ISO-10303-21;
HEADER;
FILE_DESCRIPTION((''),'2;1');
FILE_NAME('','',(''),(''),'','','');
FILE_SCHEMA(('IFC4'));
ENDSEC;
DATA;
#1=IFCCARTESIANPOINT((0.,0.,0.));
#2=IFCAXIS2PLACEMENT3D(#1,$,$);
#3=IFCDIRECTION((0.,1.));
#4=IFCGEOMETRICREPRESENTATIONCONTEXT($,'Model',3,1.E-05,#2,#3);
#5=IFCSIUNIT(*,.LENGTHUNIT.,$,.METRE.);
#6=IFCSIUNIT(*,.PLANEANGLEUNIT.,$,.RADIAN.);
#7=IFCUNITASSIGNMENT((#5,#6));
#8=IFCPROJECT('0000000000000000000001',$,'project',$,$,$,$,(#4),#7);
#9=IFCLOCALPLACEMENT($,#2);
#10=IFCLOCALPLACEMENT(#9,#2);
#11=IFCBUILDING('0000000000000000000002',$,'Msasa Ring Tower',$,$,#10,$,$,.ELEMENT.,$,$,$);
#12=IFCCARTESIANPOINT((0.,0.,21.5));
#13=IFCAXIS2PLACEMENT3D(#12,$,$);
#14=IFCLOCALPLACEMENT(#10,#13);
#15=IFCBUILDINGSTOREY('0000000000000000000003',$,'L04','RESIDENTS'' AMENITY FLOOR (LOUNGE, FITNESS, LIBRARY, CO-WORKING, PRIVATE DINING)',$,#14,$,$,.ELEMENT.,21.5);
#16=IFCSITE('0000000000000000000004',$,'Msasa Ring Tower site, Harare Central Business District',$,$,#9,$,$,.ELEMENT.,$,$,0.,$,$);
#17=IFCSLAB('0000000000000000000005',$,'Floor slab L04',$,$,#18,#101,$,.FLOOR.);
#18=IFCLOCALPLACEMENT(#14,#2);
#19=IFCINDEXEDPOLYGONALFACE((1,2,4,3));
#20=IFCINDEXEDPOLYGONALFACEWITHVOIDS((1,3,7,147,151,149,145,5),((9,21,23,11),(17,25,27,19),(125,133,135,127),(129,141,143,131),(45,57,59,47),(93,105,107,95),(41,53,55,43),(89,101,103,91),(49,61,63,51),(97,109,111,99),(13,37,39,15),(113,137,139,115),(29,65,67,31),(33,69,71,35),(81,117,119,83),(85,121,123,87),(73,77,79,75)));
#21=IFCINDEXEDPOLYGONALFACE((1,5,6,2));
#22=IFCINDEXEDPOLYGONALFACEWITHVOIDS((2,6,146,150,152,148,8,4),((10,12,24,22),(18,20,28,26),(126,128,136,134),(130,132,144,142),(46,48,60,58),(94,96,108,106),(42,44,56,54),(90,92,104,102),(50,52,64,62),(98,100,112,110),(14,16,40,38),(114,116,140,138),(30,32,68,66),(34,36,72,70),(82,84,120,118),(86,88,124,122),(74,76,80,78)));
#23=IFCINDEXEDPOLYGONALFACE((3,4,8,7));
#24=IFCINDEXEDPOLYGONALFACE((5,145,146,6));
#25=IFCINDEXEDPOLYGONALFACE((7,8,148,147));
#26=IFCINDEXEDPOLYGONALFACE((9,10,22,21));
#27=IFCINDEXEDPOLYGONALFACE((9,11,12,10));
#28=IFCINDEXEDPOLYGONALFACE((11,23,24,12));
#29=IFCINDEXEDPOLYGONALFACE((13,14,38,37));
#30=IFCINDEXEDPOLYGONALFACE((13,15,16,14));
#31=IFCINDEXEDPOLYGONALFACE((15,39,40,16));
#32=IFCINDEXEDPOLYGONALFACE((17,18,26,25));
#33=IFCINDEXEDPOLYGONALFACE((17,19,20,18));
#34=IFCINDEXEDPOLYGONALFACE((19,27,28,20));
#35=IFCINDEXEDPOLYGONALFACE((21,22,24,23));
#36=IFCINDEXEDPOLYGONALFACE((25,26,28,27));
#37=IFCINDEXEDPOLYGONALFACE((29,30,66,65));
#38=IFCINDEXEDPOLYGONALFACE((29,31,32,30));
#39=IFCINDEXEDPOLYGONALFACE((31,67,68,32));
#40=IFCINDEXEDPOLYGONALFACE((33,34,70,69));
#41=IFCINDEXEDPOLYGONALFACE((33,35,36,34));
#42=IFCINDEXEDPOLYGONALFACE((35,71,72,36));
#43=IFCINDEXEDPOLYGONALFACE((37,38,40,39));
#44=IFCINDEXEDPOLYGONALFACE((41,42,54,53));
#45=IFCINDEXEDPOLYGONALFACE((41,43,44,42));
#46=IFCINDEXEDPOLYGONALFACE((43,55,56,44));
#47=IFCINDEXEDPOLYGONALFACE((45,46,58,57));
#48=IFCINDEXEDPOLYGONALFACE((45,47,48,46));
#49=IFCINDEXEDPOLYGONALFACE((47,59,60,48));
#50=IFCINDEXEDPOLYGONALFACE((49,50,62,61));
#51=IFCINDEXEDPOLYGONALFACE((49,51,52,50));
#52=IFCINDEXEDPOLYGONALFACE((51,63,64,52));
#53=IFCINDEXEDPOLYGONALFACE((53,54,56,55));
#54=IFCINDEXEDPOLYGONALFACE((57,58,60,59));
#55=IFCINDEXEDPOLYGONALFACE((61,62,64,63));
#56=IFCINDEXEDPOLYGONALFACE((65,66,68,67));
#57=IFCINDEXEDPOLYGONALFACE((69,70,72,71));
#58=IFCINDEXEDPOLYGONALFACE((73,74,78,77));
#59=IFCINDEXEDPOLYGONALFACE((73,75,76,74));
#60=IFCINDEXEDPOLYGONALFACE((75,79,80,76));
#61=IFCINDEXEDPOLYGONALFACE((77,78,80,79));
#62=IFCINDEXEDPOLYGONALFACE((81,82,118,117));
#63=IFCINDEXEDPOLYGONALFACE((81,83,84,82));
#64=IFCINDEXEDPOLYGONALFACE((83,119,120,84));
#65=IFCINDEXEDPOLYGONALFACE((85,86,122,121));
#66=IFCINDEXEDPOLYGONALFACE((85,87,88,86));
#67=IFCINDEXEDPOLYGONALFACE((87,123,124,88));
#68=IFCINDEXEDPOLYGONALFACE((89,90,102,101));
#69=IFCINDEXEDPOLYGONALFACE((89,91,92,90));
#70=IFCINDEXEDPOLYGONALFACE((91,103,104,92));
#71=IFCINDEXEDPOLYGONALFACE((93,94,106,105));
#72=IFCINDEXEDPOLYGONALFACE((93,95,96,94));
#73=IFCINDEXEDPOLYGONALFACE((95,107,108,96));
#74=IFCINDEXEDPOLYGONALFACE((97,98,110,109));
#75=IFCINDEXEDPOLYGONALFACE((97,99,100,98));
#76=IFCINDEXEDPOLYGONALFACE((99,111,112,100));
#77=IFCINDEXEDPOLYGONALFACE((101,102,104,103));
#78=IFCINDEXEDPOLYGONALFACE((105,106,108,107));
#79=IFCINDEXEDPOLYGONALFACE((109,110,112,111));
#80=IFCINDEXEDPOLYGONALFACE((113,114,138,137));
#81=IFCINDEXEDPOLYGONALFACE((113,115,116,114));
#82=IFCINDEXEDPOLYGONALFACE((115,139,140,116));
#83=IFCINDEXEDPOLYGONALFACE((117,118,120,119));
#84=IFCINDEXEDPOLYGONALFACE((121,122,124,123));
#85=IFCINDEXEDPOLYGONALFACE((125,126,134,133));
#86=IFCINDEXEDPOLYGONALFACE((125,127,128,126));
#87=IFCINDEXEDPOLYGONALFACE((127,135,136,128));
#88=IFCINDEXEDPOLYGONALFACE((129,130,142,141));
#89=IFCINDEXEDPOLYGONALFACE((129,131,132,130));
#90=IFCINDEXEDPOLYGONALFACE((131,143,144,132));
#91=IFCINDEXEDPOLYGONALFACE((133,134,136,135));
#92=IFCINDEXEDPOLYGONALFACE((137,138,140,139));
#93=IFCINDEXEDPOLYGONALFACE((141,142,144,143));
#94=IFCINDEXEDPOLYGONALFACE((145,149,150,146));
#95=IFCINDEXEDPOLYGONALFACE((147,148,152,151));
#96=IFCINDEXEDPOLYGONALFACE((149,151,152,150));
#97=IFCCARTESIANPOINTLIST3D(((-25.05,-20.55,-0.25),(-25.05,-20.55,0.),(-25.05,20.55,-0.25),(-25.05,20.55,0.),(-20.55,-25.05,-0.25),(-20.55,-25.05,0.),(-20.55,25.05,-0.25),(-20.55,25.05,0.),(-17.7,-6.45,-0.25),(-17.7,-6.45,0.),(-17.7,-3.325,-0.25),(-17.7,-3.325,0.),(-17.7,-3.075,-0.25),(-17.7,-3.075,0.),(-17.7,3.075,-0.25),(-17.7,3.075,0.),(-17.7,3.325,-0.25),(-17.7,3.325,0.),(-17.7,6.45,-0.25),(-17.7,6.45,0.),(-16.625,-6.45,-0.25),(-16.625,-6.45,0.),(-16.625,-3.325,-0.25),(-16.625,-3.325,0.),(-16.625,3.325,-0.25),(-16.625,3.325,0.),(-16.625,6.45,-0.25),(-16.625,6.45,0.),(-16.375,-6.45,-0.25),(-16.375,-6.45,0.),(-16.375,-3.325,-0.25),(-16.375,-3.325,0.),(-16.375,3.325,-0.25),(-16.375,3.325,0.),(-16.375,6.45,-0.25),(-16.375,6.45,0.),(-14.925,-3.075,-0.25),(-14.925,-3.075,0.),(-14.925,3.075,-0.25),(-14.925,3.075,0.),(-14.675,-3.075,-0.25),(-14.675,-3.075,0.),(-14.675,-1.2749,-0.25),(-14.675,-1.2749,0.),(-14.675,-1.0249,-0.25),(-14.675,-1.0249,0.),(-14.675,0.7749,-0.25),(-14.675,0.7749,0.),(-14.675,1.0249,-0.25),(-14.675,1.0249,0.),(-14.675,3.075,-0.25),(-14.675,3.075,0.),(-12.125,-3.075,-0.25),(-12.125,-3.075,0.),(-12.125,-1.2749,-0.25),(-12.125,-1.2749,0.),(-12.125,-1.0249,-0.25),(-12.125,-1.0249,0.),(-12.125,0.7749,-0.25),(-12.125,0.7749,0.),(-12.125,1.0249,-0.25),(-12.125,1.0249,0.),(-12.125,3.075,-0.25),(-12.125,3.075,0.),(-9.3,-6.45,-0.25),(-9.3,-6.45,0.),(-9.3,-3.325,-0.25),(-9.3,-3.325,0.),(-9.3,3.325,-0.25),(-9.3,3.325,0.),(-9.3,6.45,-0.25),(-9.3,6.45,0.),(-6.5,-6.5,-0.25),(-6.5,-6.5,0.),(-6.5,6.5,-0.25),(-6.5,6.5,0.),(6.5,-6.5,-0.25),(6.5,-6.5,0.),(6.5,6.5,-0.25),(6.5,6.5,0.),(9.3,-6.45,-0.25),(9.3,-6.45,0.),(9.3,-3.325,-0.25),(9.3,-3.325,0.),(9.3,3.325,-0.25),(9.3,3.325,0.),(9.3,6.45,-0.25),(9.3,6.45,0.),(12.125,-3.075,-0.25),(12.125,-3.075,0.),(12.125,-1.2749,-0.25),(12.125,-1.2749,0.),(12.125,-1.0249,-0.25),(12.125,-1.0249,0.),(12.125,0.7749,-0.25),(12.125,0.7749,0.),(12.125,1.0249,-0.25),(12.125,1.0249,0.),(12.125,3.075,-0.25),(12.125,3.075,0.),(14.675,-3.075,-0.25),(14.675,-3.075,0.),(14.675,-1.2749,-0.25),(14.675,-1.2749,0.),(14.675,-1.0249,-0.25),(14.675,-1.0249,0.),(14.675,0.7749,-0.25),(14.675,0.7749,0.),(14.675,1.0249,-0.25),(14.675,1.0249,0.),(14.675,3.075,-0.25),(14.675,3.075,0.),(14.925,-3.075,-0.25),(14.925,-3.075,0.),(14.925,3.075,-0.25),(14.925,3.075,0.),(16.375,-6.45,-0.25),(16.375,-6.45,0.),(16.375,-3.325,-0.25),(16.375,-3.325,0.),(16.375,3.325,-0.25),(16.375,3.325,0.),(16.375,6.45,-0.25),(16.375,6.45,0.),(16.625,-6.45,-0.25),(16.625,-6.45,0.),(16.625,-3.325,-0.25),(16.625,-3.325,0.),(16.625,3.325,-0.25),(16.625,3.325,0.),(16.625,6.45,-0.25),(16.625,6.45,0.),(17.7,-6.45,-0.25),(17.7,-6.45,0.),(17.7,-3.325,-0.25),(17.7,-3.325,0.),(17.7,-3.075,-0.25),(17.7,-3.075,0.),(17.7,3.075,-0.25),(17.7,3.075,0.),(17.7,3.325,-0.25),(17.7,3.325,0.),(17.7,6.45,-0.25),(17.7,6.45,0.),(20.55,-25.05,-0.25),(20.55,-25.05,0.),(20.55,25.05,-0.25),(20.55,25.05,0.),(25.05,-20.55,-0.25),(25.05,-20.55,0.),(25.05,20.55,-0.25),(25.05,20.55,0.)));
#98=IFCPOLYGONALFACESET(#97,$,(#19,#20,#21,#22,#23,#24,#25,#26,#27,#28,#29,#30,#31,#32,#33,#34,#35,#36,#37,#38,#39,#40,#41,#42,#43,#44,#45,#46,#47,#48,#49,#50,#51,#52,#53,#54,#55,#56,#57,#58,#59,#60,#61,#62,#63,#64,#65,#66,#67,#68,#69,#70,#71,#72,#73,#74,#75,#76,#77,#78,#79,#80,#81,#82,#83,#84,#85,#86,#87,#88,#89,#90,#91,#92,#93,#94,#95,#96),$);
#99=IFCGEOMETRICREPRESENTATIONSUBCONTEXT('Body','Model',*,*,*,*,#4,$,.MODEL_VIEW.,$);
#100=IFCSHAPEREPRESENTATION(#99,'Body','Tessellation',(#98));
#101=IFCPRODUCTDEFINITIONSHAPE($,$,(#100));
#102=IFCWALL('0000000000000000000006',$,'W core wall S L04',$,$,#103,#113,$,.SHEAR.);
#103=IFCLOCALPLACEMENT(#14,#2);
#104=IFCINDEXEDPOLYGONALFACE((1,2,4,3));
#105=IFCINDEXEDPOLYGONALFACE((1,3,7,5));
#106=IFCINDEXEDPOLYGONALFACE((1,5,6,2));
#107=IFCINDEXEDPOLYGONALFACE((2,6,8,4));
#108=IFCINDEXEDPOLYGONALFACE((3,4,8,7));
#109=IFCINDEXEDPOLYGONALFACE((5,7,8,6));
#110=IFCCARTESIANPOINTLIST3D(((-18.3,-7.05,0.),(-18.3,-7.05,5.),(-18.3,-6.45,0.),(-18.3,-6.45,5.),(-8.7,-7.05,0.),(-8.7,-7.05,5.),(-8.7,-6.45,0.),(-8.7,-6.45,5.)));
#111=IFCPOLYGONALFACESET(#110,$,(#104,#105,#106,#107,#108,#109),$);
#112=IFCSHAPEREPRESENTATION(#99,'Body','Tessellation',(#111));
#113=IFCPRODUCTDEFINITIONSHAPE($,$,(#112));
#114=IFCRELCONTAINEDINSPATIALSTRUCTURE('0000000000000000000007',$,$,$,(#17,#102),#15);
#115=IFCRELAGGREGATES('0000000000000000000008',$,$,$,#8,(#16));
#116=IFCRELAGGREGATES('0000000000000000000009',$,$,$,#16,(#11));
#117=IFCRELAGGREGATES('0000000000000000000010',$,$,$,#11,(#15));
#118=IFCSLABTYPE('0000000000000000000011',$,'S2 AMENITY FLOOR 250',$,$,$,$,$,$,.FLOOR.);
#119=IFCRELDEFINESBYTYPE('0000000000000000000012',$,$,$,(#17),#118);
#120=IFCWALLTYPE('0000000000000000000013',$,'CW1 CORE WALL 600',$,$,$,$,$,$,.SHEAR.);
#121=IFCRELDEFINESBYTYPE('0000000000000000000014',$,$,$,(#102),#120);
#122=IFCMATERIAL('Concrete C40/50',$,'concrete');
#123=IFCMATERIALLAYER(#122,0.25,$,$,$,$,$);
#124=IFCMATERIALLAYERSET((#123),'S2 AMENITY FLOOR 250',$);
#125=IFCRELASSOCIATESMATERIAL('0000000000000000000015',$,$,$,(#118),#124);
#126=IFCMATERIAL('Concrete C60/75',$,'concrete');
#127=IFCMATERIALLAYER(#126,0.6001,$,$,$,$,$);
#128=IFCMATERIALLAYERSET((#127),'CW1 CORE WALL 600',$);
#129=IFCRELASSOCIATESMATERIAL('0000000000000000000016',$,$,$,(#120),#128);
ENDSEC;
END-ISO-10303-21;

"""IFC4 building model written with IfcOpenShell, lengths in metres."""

from ifc_helpers import new_model, si_unit, direction, frame, frame_2d, origin, place, context, subcontext, project, spatial, polyline, rectangle, outline, extrude, material, layer, layer_set, type_object, element, save


model = new_model("IFC4")

# Units and contexts
model_context = context("Model", 3, precision=1e-05, world=origin(), true_north=direction((0.0, 1.0)))
body_context = subcontext(model_context, "Body", "Model", "MODEL_VIEW")
ifc_project = project(units=[si_unit("LENGTHUNIT", "METRE"), si_unit("PLANEANGLEUNIT", "RADIAN")], contexts=[model_context])

# Site, building, storey
site_placement = place(None, origin())
site = spatial("IfcSite", under=ifc_project, at=site_placement, Name="Msasa Ring Tower site, Harare Central Business District", CompositionType="ELEMENT", RefElevation=0.0)
building_placement = place(site_placement, origin())
building = spatial("IfcBuilding", under=site, at=building_placement, Name="Msasa Ring Tower", CompositionType="ELEMENT")
storey_placement = place(building_placement, frame((0.0, 0.0, 21.5)))
storey = spatial("IfcBuildingStorey", under=building, at=storey_placement, Name="L04", Description="RESIDENTS' AMENITY FLOOR (LOUNGE, FITNESS, LIBRARY, CO-WORKING, PRIVATE DINING)", CompositionType="ELEMENT", Elevation=21.5)

# Slab
ifc_material_1 = material(Name="Concrete C40/50", Category="concrete")
ifc_layer_1 = layer(ifc_material_1, 0.25)
ifc_layer_set_1 = layer_set([ifc_layer_1], Name="S2 AMENITY FLOOR 250")
slab_type = type_object("IfcSlabType", Name="S2 AMENITY FLOOR 250", PredefinedType="FLOOR", material=ifc_layer_set_1)
slab_placement = place(storey_placement, frame((0.0, 0.0, -0.25)))
element("IfcSlab", 1, at=slab_placement, inside=storey, type_object=slab_type, Name="Floor slab L04", PredefinedType="FLOOR", context=body_context, shape_type="SweptSolid", body=[
    extrude(outline(polyline([(-20.55, -25.05), (20.55, -25.05), (25.05, -20.55), (25.05, 20.55), (20.55, 25.05), (-20.55, 25.05), (-25.05, 20.55), (-25.05, -20.55), (-20.55, -25.05)]), holes=[polyline([(-6.5, -6.5), (6.5, -6.5), (6.5, 6.5), (-6.5, 6.5), (-6.5, -6.5)]), polyline([(9.3, -6.45), (16.375, -6.45), (16.375, -3.325), (9.3, -3.325), (9.3, -6.45)]), polyline([(9.3, 3.325), (16.375, 3.325), (16.375, 6.45), (9.3, 6.45), (9.3, 3.325)]), polyline([(12.125, -3.075), (14.675, -3.075), (14.675, -1.2749), (12.125, -1.2749), (12.125, -3.075)]), polyline([(12.125, -1.0249), (14.675, -1.0249), (14.675, 0.7749), (12.125, 0.7749), (12.125, -1.0249)]), polyline([(12.125, 1.0249), (14.675, 1.0249), (14.675, 3.075), (12.125, 3.075), (12.125, 1.0249)]), polyline([(16.625, -6.45), (17.7, -6.45), (17.7, -3.325), (16.625, -3.325), (16.625, -6.45)]), polyline([(16.625, 3.325), (17.7, 3.325), (17.7, 6.45), (16.625, 6.45), (16.625, 3.325)]), polyline([(14.925, -3.075), (17.7, -3.075), (17.7, 3.075), (14.925, 3.075), (14.925, -3.075)]), polyline([(-16.375, -6.45), (-9.3, -6.45), (-9.3, -3.325), (-16.375, -3.325), (-16.375, -6.45)]), polyline([(-16.375, 3.325), (-9.3, 3.325), (-9.3, 6.45), (-16.375, 6.45), (-16.375, 3.325)]), polyline([(-14.675, -3.075), (-12.125, -3.075), (-12.125, -1.2749), (-14.675, -1.2749), (-14.675, -3.075)]), polyline([(-14.675, -1.0249), (-12.125, -1.0249), (-12.125, 0.7749), (-14.675, 0.7749), (-14.675, -1.0249)]), polyline([(-14.675, 1.0249), (-12.125, 1.0249), (-12.125, 3.075), (-14.675, 3.075), (-14.675, 1.0249)]), polyline([(-17.7, -6.45), (-16.625, -6.45), (-16.625, -3.325), (-17.7, -3.325), (-17.7, -6.45)]), polyline([(-17.7, 3.325), (-16.625, 3.325), (-16.625, 6.45), (-17.7, 6.45), (-17.7, 3.325)]), polyline([(-17.7, -3.075), (-14.925, -3.075), (-14.925, 3.075), (-17.7, 3.075), (-17.7, -3.075)])]), origin(), (0.0, 0.0, 1.0), 0.25),
])

# Wall
ifc_material_2 = material(Name="Concrete C60/75", Category="concrete")
ifc_layer_2 = layer(ifc_material_2, 0.6001)
ifc_layer_set_2 = layer_set([ifc_layer_2], Name="CW1 CORE WALL 600")
wall_type_1 = type_object("IfcWallType", Name="CW1 CORE WALL 600", PredefinedType="SHEAR", material=ifc_layer_set_2)
wall_1_placement = place(storey_placement, frame((-8.7, -6.75, 0.0), z_axis=(0.0, 0.0, 1.0), x_axis=(-1.0, 0.0, 0.0)))
element("IfcWall", 2, at=wall_1_placement, inside=storey, type_object=wall_type_1, Name="W core wall S L04", PredefinedType="SHEAR", context=body_context, shape_type="SweptSolid", body=[
    extrude(rectangle(XDim=9.6001, YDim=0.6001, at=frame_2d((4.8, 0.0))), origin(), (0.0, 0.0, 1.0), 5.0),
])

save(model, "model.ifc")
